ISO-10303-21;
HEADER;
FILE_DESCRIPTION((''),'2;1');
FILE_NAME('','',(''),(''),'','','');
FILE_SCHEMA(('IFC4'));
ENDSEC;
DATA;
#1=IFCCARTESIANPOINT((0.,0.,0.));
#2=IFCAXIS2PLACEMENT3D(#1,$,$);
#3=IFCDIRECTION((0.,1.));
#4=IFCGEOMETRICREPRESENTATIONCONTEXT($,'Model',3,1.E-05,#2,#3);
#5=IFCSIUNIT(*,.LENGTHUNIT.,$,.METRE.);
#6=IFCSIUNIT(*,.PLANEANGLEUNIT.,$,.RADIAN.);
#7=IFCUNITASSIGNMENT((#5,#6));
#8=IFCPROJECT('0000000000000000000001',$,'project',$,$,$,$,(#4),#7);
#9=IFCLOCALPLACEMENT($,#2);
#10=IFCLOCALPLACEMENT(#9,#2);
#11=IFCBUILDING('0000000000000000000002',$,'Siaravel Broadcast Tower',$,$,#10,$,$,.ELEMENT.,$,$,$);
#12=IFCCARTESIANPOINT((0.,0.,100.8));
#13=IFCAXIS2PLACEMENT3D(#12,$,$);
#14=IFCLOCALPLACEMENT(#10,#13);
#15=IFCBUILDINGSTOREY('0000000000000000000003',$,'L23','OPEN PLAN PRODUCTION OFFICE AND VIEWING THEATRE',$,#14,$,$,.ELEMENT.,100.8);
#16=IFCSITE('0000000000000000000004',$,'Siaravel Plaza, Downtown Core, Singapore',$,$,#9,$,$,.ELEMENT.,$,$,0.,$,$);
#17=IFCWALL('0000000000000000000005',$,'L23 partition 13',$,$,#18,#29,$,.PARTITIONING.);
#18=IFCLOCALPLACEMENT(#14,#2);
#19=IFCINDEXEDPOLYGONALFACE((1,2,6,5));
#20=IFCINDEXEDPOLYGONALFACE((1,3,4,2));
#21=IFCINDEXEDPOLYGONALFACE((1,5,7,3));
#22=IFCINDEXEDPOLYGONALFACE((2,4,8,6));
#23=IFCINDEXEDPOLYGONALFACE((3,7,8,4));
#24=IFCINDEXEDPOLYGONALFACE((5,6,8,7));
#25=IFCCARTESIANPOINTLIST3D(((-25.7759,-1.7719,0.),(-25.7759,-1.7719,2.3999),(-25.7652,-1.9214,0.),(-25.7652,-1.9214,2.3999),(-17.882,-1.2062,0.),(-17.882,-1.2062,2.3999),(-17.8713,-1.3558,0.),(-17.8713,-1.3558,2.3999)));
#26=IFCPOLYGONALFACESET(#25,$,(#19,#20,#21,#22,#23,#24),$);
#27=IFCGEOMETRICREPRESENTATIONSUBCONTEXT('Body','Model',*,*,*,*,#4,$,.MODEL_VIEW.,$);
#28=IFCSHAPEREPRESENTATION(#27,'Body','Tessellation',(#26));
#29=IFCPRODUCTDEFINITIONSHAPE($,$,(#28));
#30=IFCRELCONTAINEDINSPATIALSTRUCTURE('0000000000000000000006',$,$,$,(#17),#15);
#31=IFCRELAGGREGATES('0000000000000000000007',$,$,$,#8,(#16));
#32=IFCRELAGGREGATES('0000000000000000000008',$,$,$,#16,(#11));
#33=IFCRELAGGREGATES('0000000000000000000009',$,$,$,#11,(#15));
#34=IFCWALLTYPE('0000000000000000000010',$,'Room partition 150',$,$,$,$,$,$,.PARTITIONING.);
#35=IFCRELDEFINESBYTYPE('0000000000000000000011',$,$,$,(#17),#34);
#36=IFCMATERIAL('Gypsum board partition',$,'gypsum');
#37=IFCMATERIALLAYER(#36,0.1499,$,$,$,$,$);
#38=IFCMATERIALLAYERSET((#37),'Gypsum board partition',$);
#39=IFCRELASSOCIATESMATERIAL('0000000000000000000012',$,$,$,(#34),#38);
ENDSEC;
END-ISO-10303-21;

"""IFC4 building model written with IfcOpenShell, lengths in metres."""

from ifc_helpers import new_model, si_unit, direction, frame, frame_2d, origin, place, context, subcontext, project, spatial, rectangle, extrude, material, layer, layer_set, type_object, element, save


model = new_model("IFC4")

# Units and contexts
model_context = context("Model", 3, precision=1e-05, world=origin(), true_north=direction((0.0, 1.0)))
body_context = subcontext(model_context, "Body", "Model", "MODEL_VIEW")
ifc_project = project(units=[si_unit("LENGTHUNIT", "METRE"), si_unit("PLANEANGLEUNIT", "RADIAN")], contexts=[model_context])

# Site, building, storey
site_placement = place(None, origin())
site = spatial("IfcSite", under=ifc_project, at=site_placement, Name="Siaravel Plaza, Downtown Core, Singapore", CompositionType="ELEMENT", RefElevation=0.0)
building_placement = place(site_placement, origin())
building = spatial("IfcBuilding", under=site, at=building_placement, Name="Siaravel Broadcast Tower", CompositionType="ELEMENT")
storey_placement = place(building_placement, frame((0.0, 0.0, 100.8)))
storey = spatial("IfcBuildingStorey", under=building, at=storey_placement, Name="L23", Description="OPEN PLAN PRODUCTION OFFICE AND VIEWING THEATRE", CompositionType="ELEMENT", Elevation=100.8)

# Shared definitions
ifc_material_1 = material(Name="Gypsum board partition", Category="gypsum")

# Wall
ifc_layer_1 = layer(ifc_material_1, 0.1499)
ifc_layer_set_1 = layer_set([ifc_layer_1], Name="Gypsum board partition")
wall_type_1 = type_object("IfcWallType", Name="Room partition 150", PredefinedType="PARTITIONING", material=ifc_layer_set_1)
wall_1_placement = place(storey_placement, frame((-25.7705, -1.8467, 0.0), z_axis=(0.0, 0.0, 1.0), x_axis=(0.997442, 0.071477, 0.0)))
element("IfcWall", 1, at=wall_1_placement, inside=storey, type_object=wall_type_1, Name="L23 partition 13", PredefinedType="PARTITIONING", context=body_context, shape_type="SweptSolid", body=[
    extrude(rectangle(XDim=7.9141, YDim=0.1499, at=frame_2d((3.957, 0.0))), origin(), (0.0, 0.0, 1.0), 2.3999),
])

save(model, "model.ifc")
